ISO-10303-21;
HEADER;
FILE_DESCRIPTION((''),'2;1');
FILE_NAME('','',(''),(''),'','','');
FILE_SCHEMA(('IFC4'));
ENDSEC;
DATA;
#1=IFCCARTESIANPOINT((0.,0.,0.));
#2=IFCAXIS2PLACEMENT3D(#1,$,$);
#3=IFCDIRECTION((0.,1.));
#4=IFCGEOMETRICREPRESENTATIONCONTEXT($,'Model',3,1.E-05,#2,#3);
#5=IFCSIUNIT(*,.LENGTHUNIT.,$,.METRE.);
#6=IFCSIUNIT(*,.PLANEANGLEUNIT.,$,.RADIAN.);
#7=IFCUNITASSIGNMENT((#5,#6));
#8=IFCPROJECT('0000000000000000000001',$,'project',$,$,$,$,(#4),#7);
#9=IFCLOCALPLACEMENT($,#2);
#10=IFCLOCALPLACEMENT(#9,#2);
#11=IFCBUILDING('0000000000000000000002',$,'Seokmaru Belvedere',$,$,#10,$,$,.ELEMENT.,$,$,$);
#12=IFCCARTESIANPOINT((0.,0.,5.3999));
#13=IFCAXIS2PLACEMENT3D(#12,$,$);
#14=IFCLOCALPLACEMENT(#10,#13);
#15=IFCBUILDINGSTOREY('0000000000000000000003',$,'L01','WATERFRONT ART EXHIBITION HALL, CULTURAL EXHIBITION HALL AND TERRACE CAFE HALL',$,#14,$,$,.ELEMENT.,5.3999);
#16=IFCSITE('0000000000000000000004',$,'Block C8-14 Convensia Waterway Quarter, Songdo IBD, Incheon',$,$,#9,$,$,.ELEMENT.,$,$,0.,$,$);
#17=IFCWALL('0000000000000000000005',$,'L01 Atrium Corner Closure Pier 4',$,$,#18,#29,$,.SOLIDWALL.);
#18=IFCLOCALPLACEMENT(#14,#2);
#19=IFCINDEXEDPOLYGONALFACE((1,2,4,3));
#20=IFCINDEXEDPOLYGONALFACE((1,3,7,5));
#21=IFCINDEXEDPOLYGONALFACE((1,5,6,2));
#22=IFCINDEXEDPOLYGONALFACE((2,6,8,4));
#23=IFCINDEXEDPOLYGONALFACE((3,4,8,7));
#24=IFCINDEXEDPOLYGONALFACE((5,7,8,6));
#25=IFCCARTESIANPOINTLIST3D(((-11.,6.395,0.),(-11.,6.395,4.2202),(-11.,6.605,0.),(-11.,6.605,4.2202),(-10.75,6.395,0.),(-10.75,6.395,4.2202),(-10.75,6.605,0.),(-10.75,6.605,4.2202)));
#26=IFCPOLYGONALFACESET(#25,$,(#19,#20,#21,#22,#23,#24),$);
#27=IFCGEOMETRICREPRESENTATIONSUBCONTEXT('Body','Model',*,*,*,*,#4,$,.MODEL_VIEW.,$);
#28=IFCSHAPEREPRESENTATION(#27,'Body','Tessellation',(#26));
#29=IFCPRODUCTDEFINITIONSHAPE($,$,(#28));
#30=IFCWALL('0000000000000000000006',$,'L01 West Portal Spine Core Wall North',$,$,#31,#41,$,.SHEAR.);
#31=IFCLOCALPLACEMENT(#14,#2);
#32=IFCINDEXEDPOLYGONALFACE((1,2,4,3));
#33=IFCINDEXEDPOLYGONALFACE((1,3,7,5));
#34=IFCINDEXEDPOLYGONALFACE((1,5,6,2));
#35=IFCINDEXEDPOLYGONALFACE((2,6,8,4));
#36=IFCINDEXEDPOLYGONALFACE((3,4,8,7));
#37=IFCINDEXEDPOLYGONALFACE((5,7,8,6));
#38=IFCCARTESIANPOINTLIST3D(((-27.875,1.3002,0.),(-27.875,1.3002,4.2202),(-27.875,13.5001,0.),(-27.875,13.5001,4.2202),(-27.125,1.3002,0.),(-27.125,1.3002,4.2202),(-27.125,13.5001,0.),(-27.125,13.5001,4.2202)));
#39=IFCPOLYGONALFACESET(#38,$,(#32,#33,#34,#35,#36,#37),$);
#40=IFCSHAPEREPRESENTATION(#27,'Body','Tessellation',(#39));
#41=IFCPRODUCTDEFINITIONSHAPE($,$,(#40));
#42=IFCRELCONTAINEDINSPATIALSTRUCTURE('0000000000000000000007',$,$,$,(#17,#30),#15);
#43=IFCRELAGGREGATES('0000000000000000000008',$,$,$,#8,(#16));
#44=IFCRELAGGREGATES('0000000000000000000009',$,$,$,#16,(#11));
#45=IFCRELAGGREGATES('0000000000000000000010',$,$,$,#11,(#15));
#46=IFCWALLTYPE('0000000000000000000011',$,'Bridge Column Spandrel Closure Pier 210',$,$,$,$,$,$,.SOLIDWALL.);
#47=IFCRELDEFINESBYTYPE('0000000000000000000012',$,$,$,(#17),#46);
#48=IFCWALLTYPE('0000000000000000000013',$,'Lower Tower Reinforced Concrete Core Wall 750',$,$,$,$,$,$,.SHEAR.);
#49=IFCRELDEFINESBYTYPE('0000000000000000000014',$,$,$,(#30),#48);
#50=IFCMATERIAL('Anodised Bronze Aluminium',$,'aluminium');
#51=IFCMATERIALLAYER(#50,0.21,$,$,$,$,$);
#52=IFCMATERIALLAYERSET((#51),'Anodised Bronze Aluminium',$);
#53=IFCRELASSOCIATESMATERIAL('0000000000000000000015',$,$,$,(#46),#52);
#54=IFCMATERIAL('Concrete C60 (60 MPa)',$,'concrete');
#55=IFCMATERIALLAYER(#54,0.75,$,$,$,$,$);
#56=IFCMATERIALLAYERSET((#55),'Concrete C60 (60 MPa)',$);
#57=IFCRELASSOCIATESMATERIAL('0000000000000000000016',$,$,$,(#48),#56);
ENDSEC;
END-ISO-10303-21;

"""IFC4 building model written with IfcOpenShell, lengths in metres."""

from ifc_helpers import new_model, si_unit, direction, frame, frame_2d, origin, place, context, subcontext, project, spatial, rectangle, extrude, material, layer, layer_set, type_object, element, save


model = new_model("IFC4")

# Units and contexts
model_context = context("Model", 3, precision=1e-05, world=origin(), true_north=direction((0.0, 1.0)))
body_context = subcontext(model_context, "Body", "Model", "MODEL_VIEW")
ifc_project = project(units=[si_unit("LENGTHUNIT", "METRE"), si_unit("PLANEANGLEUNIT", "RADIAN")], contexts=[model_context])

# Site, building, storey
site_placement = place(None, origin())
site = spatial("IfcSite", under=ifc_project, at=site_placement, Name="Block C8-14 Convensia Waterway Quarter, Songdo IBD, Incheon", CompositionType="ELEMENT", RefElevation=0.0)
building_placement = place(site_placement, origin())
building = spatial("IfcBuilding", under=site, at=building_placement, Name="Seokmaru Belvedere", CompositionType="ELEMENT")
storey_placement = place(building_placement, frame((0.0, 0.0, 5.3999)))
storey = spatial("IfcBuildingStorey", under=building, at=storey_placement, Name="L01", Description="WATERFRONT ART EXHIBITION HALL, CULTURAL EXHIBITION HALL AND TERRACE CAFE HALL", CompositionType="ELEMENT", Elevation=5.3999)

# Shared definitions
ifc_material_1 = material(Name="Anodised Bronze Aluminium", Category="aluminium")

# Walls
ifc_layer_1 = layer(ifc_material_1, 0.21)
ifc_layer_set_1 = layer_set([ifc_layer_1], Name="Anodised Bronze Aluminium")
wall_type_1 = type_object("IfcWallType", Name="Bridge Column Spandrel Closure Pier 210", PredefinedType="SOLIDWALL", material=ifc_layer_set_1)
wall_1_placement = place(storey_placement, frame((-11.0, 6.5, 0.0), z_axis=(0.0, 0.0, 1.0), x_axis=(1.0, 0.0, 0.0)))
element("IfcWall", 1, at=wall_1_placement, inside=storey, type_object=wall_type_1, Name="L01 Atrium Corner Closure Pier 4", PredefinedType="SOLIDWALL", context=body_context, shape_type="SweptSolid", body=[
    extrude(rectangle(XDim=0.25, YDim=0.21, at=frame_2d((0.125, 0.0))), origin(), (0.0, 0.0, 1.0), 4.2202),
])
ifc_material_2 = material(Name="Concrete C60 (60 MPa)", Category="concrete")
ifc_layer_2 = layer(ifc_material_2, 0.75)
ifc_layer_set_2 = layer_set([ifc_layer_2], Name="Concrete C60 (60 MPa)")
wall_type_2 = type_object("IfcWallType", Name="Lower Tower Reinforced Concrete Core Wall 750", PredefinedType="SHEAR", material=ifc_layer_set_2)
wall_2_placement = place(storey_placement, frame((-27.5, 1.3, 0.0), z_axis=(0.0, 0.0, 1.0), x_axis=(0.0, 1.0, 0.0)))
element("IfcWall", 2, at=wall_2_placement, inside=storey, type_object=wall_type_2, Name="L01 West Portal Spine Core Wall North", PredefinedType="SHEAR", context=body_context, shape_type="SweptSolid", body=[
    extrude(rectangle(XDim=12.2, YDim=0.75, at=frame_2d((6.1001, 0.0))), origin(), (0.0, 0.0, 1.0), 4.2202),
])

save(model, "model.ifc")
